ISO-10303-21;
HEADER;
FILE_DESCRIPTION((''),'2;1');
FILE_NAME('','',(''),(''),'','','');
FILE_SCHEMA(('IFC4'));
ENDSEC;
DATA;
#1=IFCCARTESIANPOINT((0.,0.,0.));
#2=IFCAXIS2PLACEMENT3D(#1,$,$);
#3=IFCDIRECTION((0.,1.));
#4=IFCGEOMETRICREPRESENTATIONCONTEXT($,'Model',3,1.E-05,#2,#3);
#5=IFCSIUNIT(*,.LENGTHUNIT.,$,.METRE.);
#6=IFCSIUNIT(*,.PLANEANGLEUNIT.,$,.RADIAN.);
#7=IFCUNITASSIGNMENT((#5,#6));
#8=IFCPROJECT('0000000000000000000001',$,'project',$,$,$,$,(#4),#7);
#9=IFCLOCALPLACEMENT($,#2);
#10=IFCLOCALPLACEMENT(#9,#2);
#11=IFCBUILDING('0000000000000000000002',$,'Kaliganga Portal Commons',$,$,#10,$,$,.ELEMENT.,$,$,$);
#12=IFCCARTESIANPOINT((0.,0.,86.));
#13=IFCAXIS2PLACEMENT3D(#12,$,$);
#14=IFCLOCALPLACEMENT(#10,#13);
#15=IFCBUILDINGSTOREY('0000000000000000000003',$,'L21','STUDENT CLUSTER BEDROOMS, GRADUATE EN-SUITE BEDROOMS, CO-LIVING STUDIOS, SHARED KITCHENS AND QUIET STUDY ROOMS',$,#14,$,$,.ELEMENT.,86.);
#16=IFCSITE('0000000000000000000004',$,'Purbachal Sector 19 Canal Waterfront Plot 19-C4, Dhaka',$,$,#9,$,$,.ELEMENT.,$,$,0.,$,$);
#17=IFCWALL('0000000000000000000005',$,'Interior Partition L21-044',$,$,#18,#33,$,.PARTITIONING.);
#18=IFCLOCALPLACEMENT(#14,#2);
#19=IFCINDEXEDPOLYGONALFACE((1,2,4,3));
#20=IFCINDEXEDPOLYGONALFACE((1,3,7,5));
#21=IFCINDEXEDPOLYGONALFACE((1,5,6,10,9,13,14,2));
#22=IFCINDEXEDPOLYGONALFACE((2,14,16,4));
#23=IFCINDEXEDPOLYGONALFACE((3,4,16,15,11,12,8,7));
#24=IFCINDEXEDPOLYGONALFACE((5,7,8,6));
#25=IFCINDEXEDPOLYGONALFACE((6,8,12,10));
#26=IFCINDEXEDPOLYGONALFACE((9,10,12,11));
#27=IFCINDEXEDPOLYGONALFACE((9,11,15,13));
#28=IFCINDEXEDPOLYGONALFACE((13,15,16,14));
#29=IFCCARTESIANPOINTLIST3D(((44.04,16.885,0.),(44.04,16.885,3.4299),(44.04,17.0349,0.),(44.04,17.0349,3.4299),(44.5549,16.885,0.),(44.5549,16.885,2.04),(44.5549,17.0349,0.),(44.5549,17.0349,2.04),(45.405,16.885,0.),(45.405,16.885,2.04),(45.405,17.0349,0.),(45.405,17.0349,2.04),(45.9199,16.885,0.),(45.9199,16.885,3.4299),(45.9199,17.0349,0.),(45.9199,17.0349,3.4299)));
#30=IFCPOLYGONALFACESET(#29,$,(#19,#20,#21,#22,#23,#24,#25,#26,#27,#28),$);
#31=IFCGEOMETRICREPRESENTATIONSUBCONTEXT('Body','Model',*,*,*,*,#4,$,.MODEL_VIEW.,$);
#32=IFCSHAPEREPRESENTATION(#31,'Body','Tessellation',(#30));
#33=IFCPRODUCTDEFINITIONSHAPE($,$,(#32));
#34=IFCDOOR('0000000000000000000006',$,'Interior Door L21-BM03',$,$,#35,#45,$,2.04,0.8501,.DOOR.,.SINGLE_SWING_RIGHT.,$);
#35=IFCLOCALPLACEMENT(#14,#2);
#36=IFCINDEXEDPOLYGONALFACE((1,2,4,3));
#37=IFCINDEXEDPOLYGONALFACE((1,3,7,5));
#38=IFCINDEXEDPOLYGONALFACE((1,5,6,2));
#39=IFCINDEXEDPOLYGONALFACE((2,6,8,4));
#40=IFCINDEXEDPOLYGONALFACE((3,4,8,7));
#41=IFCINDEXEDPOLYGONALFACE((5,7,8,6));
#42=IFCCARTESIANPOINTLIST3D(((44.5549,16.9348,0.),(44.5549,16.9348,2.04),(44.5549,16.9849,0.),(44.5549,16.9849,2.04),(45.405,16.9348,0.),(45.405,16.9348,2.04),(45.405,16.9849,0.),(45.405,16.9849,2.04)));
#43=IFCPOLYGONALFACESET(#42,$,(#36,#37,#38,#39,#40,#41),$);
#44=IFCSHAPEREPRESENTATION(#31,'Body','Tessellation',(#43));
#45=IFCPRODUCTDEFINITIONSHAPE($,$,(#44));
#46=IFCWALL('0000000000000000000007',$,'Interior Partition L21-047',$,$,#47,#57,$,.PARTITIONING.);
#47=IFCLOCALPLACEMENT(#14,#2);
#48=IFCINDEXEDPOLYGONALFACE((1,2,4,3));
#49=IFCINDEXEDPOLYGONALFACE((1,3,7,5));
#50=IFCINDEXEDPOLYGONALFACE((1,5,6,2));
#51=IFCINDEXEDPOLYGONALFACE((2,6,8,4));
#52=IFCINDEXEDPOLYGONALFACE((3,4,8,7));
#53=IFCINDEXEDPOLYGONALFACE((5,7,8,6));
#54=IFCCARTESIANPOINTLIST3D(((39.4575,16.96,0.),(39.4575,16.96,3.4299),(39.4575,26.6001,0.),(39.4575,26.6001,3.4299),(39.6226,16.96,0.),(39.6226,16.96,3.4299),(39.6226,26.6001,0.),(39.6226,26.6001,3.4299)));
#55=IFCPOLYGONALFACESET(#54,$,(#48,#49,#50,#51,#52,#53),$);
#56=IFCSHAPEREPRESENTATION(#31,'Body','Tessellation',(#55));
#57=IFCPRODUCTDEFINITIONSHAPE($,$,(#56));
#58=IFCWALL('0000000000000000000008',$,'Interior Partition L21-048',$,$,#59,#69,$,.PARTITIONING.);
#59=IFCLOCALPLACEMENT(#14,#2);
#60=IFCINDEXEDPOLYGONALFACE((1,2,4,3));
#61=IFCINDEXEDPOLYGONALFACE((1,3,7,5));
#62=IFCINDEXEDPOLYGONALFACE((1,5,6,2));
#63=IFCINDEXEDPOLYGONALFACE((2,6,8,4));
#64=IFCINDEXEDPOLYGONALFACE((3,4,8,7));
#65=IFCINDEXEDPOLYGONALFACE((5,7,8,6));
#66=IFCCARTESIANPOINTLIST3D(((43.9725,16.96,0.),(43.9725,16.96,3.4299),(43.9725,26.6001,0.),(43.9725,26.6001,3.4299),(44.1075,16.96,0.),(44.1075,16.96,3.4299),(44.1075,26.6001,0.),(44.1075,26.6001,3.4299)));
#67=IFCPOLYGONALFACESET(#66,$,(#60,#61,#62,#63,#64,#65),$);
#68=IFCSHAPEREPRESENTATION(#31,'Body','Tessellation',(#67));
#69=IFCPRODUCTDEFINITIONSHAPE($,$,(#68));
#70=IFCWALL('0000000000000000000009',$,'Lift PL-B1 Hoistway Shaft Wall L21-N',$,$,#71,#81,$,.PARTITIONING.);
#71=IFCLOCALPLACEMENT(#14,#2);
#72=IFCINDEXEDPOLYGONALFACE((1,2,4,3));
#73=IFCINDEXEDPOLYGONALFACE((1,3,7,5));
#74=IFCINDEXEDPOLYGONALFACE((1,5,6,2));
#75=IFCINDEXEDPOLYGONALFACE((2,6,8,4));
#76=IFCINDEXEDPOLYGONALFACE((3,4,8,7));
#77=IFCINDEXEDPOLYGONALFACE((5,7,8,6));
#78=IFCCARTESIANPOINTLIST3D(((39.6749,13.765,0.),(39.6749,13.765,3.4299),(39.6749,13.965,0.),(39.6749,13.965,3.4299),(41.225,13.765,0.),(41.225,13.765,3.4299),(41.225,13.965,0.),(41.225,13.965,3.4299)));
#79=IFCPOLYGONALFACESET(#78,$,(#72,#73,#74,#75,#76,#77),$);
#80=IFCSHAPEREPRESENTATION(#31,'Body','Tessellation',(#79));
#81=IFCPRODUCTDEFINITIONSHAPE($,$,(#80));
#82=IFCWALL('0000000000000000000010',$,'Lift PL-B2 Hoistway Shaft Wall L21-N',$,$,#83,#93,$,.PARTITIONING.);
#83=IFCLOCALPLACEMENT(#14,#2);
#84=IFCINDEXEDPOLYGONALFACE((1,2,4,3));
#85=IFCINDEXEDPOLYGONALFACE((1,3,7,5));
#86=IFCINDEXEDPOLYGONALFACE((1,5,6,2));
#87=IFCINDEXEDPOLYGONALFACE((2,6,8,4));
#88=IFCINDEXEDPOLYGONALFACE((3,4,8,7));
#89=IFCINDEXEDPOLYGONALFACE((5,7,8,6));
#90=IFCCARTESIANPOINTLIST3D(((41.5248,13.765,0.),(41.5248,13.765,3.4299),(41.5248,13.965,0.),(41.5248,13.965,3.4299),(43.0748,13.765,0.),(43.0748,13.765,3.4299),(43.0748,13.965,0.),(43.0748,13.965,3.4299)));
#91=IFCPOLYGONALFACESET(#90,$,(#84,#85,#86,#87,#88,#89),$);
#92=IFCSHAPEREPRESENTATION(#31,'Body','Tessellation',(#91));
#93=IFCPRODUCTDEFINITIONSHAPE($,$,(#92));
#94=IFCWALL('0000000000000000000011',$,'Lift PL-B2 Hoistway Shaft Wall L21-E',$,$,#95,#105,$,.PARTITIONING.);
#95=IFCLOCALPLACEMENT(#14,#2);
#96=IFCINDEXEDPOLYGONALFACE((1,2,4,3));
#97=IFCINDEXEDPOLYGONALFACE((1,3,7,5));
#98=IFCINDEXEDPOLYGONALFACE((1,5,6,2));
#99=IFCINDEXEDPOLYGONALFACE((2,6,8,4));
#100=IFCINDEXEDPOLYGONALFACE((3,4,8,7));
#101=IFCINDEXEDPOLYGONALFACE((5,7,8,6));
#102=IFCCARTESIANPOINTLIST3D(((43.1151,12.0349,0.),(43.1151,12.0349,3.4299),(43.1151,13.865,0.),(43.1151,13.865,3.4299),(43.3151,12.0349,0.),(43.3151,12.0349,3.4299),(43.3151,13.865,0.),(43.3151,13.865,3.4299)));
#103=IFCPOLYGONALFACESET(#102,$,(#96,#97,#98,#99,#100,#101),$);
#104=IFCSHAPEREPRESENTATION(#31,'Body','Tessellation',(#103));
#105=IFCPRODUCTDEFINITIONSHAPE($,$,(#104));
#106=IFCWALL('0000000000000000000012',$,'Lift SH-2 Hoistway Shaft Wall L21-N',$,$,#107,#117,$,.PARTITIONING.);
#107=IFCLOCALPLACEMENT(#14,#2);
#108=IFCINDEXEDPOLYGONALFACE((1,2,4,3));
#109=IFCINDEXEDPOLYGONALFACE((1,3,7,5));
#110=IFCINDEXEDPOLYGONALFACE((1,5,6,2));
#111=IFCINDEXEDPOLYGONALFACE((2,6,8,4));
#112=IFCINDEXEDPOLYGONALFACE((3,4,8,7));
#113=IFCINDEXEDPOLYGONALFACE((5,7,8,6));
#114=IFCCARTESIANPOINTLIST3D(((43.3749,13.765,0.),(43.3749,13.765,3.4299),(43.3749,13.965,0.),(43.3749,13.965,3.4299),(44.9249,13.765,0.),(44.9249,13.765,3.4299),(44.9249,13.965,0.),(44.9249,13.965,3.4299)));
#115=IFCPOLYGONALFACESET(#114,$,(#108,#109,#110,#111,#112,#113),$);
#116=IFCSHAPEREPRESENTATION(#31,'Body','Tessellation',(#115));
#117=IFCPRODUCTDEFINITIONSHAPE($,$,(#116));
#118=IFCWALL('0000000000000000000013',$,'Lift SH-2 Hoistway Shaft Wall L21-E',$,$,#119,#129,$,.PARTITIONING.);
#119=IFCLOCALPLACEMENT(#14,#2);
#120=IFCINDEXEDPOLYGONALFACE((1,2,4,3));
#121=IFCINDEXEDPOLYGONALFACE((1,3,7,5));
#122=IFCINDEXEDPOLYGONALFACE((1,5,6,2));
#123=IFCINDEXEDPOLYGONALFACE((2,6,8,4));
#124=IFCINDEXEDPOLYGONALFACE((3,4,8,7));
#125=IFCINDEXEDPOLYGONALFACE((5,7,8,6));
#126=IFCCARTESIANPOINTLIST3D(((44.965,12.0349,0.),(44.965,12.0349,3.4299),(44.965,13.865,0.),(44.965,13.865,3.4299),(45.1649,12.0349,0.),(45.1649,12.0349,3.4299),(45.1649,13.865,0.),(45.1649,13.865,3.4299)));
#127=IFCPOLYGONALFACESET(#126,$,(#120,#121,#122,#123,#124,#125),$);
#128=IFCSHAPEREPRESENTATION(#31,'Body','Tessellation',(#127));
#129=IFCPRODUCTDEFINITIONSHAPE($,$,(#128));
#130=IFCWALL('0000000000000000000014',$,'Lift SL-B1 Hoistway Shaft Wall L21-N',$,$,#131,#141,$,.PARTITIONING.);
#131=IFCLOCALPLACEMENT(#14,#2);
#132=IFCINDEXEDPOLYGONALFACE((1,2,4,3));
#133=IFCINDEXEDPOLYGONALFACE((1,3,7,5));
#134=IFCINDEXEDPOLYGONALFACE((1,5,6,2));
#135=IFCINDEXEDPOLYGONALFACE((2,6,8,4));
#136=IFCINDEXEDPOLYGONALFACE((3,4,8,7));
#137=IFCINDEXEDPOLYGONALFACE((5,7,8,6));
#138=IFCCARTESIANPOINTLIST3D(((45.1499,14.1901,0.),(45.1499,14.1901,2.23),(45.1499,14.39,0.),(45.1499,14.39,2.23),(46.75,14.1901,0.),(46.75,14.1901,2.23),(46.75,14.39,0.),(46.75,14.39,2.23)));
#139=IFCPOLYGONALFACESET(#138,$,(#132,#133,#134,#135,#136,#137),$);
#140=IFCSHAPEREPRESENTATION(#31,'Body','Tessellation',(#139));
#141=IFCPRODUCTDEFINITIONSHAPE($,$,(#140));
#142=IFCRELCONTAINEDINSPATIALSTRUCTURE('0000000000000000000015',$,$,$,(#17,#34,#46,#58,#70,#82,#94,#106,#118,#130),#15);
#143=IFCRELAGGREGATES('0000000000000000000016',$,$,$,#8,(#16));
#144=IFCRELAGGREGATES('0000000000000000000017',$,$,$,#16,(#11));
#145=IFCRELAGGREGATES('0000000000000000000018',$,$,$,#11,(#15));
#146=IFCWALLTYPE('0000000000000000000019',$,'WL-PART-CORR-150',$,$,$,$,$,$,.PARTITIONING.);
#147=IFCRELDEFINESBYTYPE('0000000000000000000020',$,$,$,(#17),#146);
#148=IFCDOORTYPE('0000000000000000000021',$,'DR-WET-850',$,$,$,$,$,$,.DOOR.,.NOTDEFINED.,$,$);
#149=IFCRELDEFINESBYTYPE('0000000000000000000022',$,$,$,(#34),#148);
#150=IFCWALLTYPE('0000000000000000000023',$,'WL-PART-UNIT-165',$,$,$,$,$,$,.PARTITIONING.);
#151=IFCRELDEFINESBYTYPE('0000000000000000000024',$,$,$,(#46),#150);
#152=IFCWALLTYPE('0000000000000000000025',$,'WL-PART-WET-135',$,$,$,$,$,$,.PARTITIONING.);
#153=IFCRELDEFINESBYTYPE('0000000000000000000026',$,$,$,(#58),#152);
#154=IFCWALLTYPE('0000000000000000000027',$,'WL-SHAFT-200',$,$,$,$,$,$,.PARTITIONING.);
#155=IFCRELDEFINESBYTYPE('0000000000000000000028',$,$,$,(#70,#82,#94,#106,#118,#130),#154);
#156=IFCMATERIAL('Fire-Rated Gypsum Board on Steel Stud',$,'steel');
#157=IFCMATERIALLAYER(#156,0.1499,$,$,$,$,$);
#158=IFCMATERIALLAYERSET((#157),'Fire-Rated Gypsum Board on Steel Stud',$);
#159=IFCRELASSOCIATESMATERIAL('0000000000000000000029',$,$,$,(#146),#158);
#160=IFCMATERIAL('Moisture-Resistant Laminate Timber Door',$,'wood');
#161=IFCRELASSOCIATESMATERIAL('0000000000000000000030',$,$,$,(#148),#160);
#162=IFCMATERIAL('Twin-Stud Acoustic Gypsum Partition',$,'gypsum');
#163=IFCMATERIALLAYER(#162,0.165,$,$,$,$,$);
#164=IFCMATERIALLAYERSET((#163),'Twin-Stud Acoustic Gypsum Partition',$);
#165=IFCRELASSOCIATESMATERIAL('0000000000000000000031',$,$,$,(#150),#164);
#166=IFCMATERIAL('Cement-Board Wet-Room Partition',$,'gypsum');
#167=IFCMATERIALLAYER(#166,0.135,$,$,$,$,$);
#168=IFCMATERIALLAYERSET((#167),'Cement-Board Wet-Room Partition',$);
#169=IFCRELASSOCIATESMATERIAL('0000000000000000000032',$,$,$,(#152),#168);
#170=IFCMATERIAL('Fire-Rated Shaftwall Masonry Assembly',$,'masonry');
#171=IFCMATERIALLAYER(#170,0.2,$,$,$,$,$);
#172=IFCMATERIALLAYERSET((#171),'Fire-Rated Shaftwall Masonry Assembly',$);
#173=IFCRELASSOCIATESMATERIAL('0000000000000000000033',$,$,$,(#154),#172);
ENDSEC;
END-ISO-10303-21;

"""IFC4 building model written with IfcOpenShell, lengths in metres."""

from ifc_helpers import new_model, si_unit, direction, frame, frame_2d, origin, place, context, subcontext, project, spatial, rectangle, extrude, material, layer, layer_set, type_object, element, fill, save


model = new_model("IFC4")

# Units and contexts
model_context = context("Model", 3, precision=1e-05, world=origin(), true_north=direction((0.0, 1.0)))
body_context = subcontext(model_context, "Body", "Model", "MODEL_VIEW")
ifc_project = project(units=[si_unit("LENGTHUNIT", "METRE"), si_unit("PLANEANGLEUNIT", "RADIAN")], contexts=[model_context])

# Site, building, storey
site_placement = place(None, origin())
site = spatial("IfcSite", under=ifc_project, at=site_placement, Name="Purbachal Sector 19 Canal Waterfront Plot 19-C4, Dhaka", CompositionType="ELEMENT", RefElevation=0.0)
building_placement = place(site_placement, origin())
building = spatial("IfcBuilding", under=site, at=building_placement, Name="Kaliganga Portal Commons", CompositionType="ELEMENT")
storey_placement = place(building_placement, frame((0.0, 0.0, 86.0)))
storey = spatial("IfcBuildingStorey", under=building, at=storey_placement, Name="L21", Description="STUDENT CLUSTER BEDROOMS, GRADUATE EN-SUITE BEDROOMS, CO-LIVING STUDIOS, SHARED KITCHENS AND QUIET STUDY ROOMS", CompositionType="ELEMENT", Elevation=86.0)

# Shared definitions
ifc_material_1 = material(Name="Fire-Rated Gypsum Board on Steel Stud", Category="steel")
ifc_layer_1 = layer(ifc_material_1, 0.1499)
ifc_layer_set_1 = layer_set([ifc_layer_1], Name="Fire-Rated Gypsum Board on Steel Stud")
wall_type_1 = type_object("IfcWallType", Name="WL-PART-CORR-150", PredefinedType="PARTITIONING", material=ifc_layer_set_1)

# Wall, opening, door
wall_1_placement = place(storey_placement, frame((44.04, 16.96, 0.0), z_axis=(0.0, 0.0, 1.0), x_axis=(1.0, 0.0, 0.0)))
wall_1 = element("IfcWall", 1, at=wall_1_placement, inside=storey, type_object=wall_type_1, Name="Interior Partition L21-044", PredefinedType="PARTITIONING", context=body_context, shape_type="SweptSolid", body=[
    extrude(rectangle(XDim=1.8799, YDim=0.1499, at=frame_2d((0.9399, 0.0))), origin(), (0.0, 0.0, 1.0), 3.4299),
])
opening_1_placement = place(wall_1_placement, frame((0.5149, 0.0, 0.0)))
opening_1 = element("IfcOpeningElement", 2, at=opening_1_placement, cuts=wall_1, PredefinedType="OPENING", context=body_context, shape_type="SweptSolid", body=[
    extrude(rectangle(XDim=0.8501, YDim=2.04, at=frame_2d((0.425, 1.02))), frame((0.0, 0.085, 0.0), z_axis=(0.0, -1.0, 0.0), x_axis=(1.0, 0.0, 0.0)), (0.0, 0.0, 1.0), 0.1699),
])
ifc_material_2 = material(Name="Moisture-Resistant Laminate Timber Door", Category="wood")
door_type_1 = type_object("IfcDoorType", Name="DR-WET-850", OperationType="NOTDEFINED", PredefinedType="DOOR", material=ifc_material_2)
door_1_placement = place(opening_1_placement, origin())
door_1 = element("IfcDoor", 3, at=door_1_placement, inside=storey, type_object=door_type_1, Name="Interior Door L21-BM03", OperationType="SINGLE_SWING_RIGHT", OverallHeight=2.04, OverallWidth=0.8501, PredefinedType="DOOR", context=body_context, shape_type="SweptSolid", body=[
    extrude(rectangle(XDim=0.8501, YDim=2.04, at=frame_2d((0.425, 1.02))), frame((0.0, 0.0249, 0.0), z_axis=(0.0, -1.0, 0.0), x_axis=(1.0, 0.0, 0.0)), (0.0, 0.0, 1.0), 0.05),
])
fill(opening_1, door_1)

# Walls
ifc_material_3 = material(Name="Twin-Stud Acoustic Gypsum Partition", Category="gypsum")
ifc_layer_2 = layer(ifc_material_3, 0.165)
ifc_layer_set_2 = layer_set([ifc_layer_2], Name="Twin-Stud Acoustic Gypsum Partition")
wall_type_2 = type_object("IfcWallType", Name="WL-PART-UNIT-165", PredefinedType="PARTITIONING", material=ifc_layer_set_2)
wall_2_placement = place(storey_placement, frame((39.54, 16.96, 0.0), z_axis=(0.0, 0.0, 1.0), x_axis=(0.0, 1.0, 0.0)))
element("IfcWall", 4, at=wall_2_placement, inside=storey, type_object=wall_type_2, Name="Interior Partition L21-047", PredefinedType="PARTITIONING", context=body_context, shape_type="SweptSolid", body=[
    extrude(rectangle(XDim=9.6401, YDim=0.165, at=frame_2d((4.8201, 0.0))), origin(), (0.0, 0.0, 1.0), 3.4299),
])
ifc_material_4 = material(Name="Cement-Board Wet-Room Partition", Category="gypsum")
ifc_layer_3 = layer(ifc_material_4, 0.135)
ifc_layer_set_3 = layer_set([ifc_layer_3], Name="Cement-Board Wet-Room Partition")
wall_type_3 = type_object("IfcWallType", Name="WL-PART-WET-135", PredefinedType="PARTITIONING", material=ifc_layer_set_3)
wall_3_placement = place(storey_placement, frame((44.04, 16.96, 0.0), z_axis=(0.0, 0.0, 1.0), x_axis=(0.0, 1.0, 0.0)))
element("IfcWall", 5, at=wall_3_placement, inside=storey, type_object=wall_type_3, Name="Interior Partition L21-048", PredefinedType="PARTITIONING", context=body_context, shape_type="SweptSolid", body=[
    extrude(rectangle(XDim=9.6401, YDim=0.135, at=frame_2d((4.8201, 0.0))), origin(), (0.0, 0.0, 1.0), 3.4299),
])
ifc_material_5 = material(Name="Fire-Rated Shaftwall Masonry Assembly", Category="masonry")
ifc_layer_4 = layer(ifc_material_5, 0.2)
ifc_layer_set_4 = layer_set([ifc_layer_4], Name="Fire-Rated Shaftwall Masonry Assembly")
wall_type_4 = type_object("IfcWallType", Name="WL-SHAFT-200", PredefinedType="PARTITIONING", material=ifc_layer_set_4)
wall_4_placement = place(storey_placement, frame((39.675, 13.865, 0.0), z_axis=(0.0, 0.0, 1.0), x_axis=(1.0, 0.0, 0.0)))
element("IfcWall", 6, at=wall_4_placement, inside=storey, type_object=wall_type_4, Name="Lift PL-B1 Hoistway Shaft Wall L21-N", PredefinedType="PARTITIONING", context=body_context, shape_type="SweptSolid", body=[
    extrude(rectangle(XDim=1.55, YDim=0.2, at=frame_2d((0.7749, 0.0))), origin(), (0.0, 0.0, 1.0), 3.4299),
])

# Walls
wall_5_placement = place(storey_placement, frame((41.5249, 13.865, 0.0), z_axis=(0.0, 0.0, 1.0), x_axis=(1.0, 0.0, 0.0)))
element("IfcWall", 7, at=wall_5_placement, inside=storey, type_object=wall_type_4, Name="Lift PL-B2 Hoistway Shaft Wall L21-N", PredefinedType="PARTITIONING", context=body_context, shape_type="SweptSolid", body=[
    extrude(rectangle(XDim=1.55, YDim=0.2, at=frame_2d((0.7749, 0.0))), origin(), (0.0, 0.0, 1.0), 3.4299),
])
wall_6_placement = place(storey_placement, frame((43.2151, 12.0349, 0.0), z_axis=(0.0, 0.0, 1.0), x_axis=(0.0, 1.0, 0.0)))
element("IfcWall", 8, at=wall_6_placement, inside=storey, type_object=wall_type_4, Name="Lift PL-B2 Hoistway Shaft Wall L21-E", PredefinedType="PARTITIONING", context=body_context, shape_type="SweptSolid", body=[
    extrude(rectangle(XDim=1.8301, YDim=0.2, at=frame_2d((0.915, 0.0))), origin(), (0.0, 0.0, 1.0), 3.4299),
])

# Walls
wall_7_placement = place(storey_placement, frame((43.375, 13.865, 0.0), z_axis=(0.0, 0.0, 1.0), x_axis=(1.0, 0.0, 0.0)))
element("IfcWall", 9, at=wall_7_placement, inside=storey, type_object=wall_type_4, Name="Lift SH-2 Hoistway Shaft Wall L21-N", PredefinedType="PARTITIONING", context=body_context, shape_type="SweptSolid", body=[
    extrude(rectangle(XDim=1.55, YDim=0.2, at=frame_2d((0.7749, 0.0))), origin(), (0.0, 0.0, 1.0), 3.4299),
])
wall_8_placement = place(storey_placement, frame((45.0649, 12.0349, 0.0), z_axis=(0.0, 0.0, 1.0), x_axis=(0.0, 1.0, 0.0)))
element("IfcWall", 10, at=wall_8_placement, inside=storey, type_object=wall_type_4, Name="Lift SH-2 Hoistway Shaft Wall L21-E", PredefinedType="PARTITIONING", context=body_context, shape_type="SweptSolid", body=[
    extrude(rectangle(XDim=1.8301, YDim=0.2, at=frame_2d((0.915, 0.0))), origin(), (0.0, 0.0, 1.0), 3.4299),
])
wall_9_placement = place(storey_placement, frame((45.1499, 14.29, 0.0), z_axis=(0.0, 0.0, 1.0), x_axis=(1.0, 0.0, 0.0)))
element("IfcWall", 11, at=wall_9_placement, inside=storey, type_object=wall_type_4, Name="Lift SL-B1 Hoistway Shaft Wall L21-N", PredefinedType="PARTITIONING", context=body_context, shape_type="SweptSolid", body=[
    extrude(rectangle(XDim=1.6001, YDim=0.2, at=frame_2d((0.8, 0.0))), origin(), (0.0, 0.0, 1.0), 2.23),
])

save(model, "model.ifc")
